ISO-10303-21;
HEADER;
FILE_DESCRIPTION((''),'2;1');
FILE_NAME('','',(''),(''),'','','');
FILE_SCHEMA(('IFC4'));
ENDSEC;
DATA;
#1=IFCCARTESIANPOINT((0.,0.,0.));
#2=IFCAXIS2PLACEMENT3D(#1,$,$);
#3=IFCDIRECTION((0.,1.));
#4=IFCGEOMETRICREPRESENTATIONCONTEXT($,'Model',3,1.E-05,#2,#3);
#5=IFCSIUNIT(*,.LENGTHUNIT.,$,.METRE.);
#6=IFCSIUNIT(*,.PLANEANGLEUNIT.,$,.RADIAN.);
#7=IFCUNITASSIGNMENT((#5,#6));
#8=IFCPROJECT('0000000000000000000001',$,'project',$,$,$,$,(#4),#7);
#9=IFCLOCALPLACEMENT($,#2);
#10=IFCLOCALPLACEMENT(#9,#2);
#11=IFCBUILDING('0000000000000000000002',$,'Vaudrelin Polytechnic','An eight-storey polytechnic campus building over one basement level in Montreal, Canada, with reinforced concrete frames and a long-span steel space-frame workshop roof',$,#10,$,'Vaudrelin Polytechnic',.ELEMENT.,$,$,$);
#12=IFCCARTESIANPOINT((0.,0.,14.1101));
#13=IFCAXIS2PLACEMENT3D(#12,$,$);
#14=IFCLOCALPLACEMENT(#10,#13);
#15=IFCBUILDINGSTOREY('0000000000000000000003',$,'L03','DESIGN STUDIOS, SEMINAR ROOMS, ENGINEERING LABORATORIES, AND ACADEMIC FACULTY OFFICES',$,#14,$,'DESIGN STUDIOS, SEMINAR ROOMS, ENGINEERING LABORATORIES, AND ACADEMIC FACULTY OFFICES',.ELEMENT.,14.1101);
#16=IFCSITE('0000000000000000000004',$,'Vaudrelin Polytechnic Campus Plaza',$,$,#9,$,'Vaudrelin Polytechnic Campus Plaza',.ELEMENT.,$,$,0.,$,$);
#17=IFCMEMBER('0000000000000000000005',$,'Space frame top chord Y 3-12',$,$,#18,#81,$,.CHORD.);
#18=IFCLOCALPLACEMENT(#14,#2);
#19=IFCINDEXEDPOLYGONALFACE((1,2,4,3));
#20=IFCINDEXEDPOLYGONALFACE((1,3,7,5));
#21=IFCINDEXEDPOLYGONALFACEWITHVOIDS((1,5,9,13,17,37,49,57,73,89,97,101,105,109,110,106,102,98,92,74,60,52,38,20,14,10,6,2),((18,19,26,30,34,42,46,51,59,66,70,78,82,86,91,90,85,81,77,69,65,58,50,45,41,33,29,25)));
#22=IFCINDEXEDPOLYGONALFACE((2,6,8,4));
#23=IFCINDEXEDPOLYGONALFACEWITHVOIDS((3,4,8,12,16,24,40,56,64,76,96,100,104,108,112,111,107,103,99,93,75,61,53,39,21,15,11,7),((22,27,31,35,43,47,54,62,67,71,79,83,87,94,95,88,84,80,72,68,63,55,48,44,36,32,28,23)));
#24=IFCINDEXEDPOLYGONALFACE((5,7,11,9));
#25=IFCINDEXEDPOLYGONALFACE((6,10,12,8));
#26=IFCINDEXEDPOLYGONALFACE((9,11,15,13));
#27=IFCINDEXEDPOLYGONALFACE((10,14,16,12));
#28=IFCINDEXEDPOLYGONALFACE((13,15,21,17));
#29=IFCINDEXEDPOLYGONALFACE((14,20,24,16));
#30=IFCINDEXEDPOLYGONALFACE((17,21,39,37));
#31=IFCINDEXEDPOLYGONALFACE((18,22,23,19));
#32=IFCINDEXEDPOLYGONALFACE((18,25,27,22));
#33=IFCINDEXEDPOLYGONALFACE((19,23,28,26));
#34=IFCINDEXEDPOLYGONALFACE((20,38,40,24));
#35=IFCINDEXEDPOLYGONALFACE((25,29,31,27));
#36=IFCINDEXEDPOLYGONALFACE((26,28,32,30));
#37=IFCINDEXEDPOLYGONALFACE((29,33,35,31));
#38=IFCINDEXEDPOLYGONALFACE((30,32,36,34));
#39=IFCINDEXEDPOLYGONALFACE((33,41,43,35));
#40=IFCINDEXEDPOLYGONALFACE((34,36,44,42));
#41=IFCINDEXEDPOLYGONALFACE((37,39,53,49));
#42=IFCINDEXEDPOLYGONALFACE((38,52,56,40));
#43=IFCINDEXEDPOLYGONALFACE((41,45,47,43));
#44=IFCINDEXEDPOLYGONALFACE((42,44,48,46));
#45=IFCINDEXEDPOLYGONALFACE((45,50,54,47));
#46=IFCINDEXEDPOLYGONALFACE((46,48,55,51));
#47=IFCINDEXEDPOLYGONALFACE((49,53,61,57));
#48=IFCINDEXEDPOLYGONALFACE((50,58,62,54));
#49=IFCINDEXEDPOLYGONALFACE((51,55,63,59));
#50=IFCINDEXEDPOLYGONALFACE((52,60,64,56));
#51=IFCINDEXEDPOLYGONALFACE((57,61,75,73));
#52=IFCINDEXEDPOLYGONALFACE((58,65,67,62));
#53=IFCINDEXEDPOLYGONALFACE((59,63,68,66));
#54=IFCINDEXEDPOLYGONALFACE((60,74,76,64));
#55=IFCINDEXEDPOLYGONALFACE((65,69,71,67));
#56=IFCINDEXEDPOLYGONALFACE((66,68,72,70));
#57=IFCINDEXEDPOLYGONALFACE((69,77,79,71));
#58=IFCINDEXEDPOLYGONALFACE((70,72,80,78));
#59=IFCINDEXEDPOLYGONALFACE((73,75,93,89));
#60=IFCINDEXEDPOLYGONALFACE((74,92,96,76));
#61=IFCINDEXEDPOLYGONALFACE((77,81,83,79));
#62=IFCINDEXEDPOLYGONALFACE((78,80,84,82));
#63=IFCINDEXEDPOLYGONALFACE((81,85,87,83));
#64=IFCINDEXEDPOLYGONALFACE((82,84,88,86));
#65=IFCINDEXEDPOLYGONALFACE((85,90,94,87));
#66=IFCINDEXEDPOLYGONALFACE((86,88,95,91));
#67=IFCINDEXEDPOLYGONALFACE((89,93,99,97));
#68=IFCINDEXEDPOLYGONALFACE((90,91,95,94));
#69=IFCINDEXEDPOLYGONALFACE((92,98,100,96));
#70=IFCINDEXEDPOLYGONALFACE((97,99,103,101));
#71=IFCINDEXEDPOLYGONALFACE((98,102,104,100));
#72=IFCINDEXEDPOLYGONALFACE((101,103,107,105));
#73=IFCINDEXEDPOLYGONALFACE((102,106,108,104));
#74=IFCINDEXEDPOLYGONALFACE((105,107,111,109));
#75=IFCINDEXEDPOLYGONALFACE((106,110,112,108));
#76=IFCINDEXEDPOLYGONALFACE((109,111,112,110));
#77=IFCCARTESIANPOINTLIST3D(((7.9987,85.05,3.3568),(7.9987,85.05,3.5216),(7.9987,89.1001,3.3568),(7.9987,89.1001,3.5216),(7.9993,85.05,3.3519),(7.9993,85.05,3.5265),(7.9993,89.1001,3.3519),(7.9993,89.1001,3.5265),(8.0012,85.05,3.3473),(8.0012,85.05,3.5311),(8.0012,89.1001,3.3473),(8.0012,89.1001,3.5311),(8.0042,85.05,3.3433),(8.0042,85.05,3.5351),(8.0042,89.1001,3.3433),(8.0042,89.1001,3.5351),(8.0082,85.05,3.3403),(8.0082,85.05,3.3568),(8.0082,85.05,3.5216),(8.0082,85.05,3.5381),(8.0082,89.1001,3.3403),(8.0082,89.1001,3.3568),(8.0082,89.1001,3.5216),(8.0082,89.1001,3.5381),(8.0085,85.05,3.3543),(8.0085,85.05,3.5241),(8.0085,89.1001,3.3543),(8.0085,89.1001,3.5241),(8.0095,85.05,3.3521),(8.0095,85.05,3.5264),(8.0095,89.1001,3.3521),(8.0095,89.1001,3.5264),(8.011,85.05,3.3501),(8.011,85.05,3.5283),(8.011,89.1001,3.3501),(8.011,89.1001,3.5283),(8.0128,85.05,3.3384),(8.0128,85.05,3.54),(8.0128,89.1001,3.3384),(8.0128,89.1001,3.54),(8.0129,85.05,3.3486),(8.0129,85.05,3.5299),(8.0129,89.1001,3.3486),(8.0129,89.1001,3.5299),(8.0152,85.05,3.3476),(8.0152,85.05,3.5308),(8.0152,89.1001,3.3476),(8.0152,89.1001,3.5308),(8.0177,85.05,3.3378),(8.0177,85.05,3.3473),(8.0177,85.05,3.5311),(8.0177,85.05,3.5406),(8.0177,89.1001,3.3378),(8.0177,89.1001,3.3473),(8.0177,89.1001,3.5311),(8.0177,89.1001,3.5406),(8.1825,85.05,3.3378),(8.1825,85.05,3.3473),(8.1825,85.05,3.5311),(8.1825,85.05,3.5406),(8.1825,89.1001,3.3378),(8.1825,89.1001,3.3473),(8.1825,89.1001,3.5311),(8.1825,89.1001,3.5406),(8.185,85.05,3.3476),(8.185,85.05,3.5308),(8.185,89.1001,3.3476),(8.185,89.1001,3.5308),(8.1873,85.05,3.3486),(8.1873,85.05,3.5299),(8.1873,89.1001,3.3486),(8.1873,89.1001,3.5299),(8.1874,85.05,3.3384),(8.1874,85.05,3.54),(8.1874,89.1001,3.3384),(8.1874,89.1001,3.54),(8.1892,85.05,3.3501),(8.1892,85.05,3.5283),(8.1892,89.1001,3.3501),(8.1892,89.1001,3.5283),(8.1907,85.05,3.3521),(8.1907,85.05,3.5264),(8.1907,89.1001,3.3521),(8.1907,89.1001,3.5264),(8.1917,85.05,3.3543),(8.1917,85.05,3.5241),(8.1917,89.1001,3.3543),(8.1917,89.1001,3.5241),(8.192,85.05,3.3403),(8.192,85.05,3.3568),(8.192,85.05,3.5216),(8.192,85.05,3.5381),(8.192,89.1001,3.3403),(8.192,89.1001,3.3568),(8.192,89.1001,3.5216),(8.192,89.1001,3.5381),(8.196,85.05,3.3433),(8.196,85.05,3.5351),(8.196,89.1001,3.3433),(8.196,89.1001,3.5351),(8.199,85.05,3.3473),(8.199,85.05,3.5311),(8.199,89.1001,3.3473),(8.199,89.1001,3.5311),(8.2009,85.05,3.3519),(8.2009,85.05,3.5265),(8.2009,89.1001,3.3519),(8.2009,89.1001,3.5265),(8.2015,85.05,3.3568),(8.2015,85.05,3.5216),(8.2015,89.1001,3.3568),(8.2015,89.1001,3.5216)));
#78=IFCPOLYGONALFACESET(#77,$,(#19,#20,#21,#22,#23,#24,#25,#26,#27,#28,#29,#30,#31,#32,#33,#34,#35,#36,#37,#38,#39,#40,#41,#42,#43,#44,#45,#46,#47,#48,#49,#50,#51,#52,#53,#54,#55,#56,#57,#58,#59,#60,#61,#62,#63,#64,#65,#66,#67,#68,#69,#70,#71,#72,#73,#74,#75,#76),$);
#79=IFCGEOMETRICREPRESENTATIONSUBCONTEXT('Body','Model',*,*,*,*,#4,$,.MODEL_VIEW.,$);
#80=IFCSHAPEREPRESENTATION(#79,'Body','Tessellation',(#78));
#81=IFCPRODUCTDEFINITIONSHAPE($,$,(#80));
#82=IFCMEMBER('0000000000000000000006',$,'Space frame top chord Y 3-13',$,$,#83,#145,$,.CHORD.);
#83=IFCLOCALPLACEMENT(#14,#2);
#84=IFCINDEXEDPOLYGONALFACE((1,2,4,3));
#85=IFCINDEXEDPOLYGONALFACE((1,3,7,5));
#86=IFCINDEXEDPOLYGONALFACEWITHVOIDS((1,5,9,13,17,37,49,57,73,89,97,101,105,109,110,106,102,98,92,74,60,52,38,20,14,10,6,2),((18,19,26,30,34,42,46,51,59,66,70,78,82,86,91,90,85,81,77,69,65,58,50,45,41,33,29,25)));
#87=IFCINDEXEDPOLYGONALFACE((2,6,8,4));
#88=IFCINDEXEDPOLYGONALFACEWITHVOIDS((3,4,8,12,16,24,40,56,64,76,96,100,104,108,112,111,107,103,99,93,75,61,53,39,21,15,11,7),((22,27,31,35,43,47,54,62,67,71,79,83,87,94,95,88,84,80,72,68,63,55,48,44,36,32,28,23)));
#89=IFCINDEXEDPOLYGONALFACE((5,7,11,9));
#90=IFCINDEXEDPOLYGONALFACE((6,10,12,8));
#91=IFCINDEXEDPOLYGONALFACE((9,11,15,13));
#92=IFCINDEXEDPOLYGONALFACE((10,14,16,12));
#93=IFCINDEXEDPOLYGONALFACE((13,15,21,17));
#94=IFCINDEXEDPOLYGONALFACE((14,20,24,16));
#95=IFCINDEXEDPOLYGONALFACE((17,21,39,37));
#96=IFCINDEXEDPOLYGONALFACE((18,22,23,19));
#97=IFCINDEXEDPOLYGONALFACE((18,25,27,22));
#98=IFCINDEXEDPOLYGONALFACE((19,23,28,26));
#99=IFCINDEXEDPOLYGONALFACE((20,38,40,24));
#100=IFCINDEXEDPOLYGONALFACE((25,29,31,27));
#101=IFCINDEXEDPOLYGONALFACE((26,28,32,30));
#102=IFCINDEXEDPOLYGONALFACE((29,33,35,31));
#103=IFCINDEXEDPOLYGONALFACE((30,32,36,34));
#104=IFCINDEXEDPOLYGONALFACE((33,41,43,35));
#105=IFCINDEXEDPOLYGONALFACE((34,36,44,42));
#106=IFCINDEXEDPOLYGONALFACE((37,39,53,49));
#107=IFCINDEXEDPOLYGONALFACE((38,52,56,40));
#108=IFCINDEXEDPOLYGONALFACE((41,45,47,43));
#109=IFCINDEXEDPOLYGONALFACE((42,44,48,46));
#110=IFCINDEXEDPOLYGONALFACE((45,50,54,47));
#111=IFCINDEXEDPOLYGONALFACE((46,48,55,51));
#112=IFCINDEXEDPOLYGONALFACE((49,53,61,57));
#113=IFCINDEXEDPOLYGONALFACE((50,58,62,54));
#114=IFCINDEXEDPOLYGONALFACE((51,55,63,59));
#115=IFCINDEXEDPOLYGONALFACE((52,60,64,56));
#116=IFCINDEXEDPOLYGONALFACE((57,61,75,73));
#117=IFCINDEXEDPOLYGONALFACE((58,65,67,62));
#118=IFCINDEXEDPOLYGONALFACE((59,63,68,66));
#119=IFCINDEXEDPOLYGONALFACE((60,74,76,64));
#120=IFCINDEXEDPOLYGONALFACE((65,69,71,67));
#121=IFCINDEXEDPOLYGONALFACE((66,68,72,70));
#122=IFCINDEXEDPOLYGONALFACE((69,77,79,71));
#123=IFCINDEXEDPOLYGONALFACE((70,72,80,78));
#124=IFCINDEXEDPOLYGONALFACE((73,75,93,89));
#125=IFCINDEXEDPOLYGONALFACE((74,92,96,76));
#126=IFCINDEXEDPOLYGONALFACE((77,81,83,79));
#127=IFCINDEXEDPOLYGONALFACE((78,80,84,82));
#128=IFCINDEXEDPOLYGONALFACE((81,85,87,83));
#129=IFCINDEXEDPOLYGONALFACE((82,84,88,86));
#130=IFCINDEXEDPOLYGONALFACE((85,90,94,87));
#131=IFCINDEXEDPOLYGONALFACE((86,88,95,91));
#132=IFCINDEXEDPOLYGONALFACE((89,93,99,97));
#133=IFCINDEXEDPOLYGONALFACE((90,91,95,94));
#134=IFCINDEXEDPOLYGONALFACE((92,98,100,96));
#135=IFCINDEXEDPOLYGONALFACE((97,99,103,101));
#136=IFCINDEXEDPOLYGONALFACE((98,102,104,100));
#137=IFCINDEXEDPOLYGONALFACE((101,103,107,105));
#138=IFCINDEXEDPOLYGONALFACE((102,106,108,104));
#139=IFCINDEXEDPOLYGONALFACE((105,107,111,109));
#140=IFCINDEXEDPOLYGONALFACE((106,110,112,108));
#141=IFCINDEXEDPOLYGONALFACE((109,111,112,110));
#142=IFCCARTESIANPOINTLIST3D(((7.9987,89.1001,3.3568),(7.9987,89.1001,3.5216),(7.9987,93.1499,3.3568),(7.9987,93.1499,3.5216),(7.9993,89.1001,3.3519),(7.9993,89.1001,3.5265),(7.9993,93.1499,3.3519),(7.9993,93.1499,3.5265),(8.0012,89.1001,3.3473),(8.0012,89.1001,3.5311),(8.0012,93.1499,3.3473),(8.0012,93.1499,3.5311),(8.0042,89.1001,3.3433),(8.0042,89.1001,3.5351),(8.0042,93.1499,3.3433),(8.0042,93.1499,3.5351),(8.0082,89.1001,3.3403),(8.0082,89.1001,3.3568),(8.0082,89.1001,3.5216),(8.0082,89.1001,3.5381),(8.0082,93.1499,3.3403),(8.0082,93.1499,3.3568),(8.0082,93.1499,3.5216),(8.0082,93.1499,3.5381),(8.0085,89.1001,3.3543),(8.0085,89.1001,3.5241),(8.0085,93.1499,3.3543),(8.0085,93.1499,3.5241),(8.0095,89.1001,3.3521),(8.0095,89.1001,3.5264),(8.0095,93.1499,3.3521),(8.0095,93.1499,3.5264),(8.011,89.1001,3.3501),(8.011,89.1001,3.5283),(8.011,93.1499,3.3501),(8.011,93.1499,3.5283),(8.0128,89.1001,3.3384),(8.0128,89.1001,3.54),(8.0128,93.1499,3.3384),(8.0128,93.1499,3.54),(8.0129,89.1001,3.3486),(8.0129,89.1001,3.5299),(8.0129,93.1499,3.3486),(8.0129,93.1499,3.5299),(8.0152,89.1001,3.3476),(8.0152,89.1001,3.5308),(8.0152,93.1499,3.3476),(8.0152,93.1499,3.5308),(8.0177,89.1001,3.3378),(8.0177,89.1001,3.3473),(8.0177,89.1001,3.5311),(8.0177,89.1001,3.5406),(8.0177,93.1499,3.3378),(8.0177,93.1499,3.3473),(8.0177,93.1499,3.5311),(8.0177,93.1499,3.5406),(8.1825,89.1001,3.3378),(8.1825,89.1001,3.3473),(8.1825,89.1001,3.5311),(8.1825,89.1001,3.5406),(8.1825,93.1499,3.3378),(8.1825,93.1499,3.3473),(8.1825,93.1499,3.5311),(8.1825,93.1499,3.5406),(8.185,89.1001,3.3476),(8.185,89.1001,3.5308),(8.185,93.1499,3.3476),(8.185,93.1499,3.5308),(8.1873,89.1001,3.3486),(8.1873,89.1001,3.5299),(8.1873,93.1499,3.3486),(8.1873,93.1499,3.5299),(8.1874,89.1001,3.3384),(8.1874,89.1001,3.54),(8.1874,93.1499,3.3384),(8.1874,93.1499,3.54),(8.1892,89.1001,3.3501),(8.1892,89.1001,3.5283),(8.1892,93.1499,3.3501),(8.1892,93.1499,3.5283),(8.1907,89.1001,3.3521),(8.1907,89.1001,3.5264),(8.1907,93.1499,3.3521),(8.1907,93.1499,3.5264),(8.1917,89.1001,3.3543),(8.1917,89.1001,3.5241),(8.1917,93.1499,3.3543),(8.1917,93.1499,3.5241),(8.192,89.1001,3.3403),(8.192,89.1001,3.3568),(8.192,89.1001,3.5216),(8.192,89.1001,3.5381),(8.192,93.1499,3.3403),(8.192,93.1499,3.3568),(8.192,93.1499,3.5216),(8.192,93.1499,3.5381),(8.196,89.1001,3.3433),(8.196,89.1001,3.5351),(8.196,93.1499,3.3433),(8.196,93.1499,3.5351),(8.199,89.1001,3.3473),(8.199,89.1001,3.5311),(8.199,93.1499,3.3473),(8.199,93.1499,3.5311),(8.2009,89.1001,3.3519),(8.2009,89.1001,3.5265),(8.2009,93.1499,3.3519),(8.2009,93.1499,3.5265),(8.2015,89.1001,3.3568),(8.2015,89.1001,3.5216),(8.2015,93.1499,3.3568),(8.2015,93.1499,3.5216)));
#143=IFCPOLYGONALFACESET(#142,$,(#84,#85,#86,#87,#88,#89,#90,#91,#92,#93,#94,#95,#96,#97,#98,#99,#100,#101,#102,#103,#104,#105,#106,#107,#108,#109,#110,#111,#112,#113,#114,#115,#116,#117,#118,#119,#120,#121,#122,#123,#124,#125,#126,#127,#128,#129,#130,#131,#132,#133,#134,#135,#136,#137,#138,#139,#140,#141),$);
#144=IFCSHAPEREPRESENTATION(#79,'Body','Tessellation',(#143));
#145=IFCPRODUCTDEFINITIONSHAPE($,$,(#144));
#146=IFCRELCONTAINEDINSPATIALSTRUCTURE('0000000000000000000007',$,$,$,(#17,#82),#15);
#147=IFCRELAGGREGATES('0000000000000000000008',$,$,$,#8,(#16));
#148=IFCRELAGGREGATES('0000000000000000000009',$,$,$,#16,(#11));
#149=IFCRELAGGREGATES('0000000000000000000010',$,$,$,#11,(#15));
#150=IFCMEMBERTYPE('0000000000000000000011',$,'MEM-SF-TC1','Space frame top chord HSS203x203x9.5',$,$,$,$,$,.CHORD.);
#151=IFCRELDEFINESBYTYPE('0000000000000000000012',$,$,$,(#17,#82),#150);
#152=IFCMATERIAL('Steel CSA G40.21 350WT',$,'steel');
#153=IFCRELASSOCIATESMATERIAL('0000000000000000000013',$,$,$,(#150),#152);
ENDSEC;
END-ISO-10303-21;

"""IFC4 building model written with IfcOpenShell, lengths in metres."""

from ifc_helpers import new_model, si_unit, direction, frame, origin, origin_2d, place, context, subcontext, project, spatial, hollow_rectangle, extrude, material, material_profile, profile_set, type_object, element, save


model = new_model("IFC4")

# Units and contexts
model_context = context("Model", 3, precision=1e-05, world=origin(), true_north=direction((0.0, 1.0)))
body_context = subcontext(model_context, "Body", "Model", "MODEL_VIEW")
ifc_project = project(units=[si_unit("LENGTHUNIT", "METRE"), si_unit("PLANEANGLEUNIT", "RADIAN")], contexts=[model_context])

# Site, building, storey
site_placement = place(None, origin())
site = spatial("IfcSite", under=ifc_project, at=site_placement, Name="Vaudrelin Polytechnic Campus Plaza", LongName="Vaudrelin Polytechnic Campus Plaza", CompositionType="ELEMENT", RefElevation=0.0)
building_placement = place(site_placement, origin())
building = spatial("IfcBuilding", under=site, at=building_placement, Name="Vaudrelin Polytechnic", Description="An eight-storey polytechnic campus building over one basement level in Montreal, Canada, with reinforced concrete frames and a long-span steel space-frame workshop roof", LongName="Vaudrelin Polytechnic", CompositionType="ELEMENT")
storey_placement = place(building_placement, frame((0.0, 0.0, 14.1101)))
storey = spatial("IfcBuildingStorey", under=building, at=storey_placement, Name="L03", Description="DESIGN STUDIOS, SEMINAR ROOMS, ENGINEERING LABORATORIES, AND ACADEMIC FACULTY OFFICES", LongName="DESIGN STUDIOS, SEMINAR ROOMS, ENGINEERING LABORATORIES, AND ACADEMIC FACULTY OFFICES", CompositionType="ELEMENT", Elevation=14.1101)

# Members
ifc_material = material(Name="Steel CSA G40.21 350WT", Category="steel")
ifc_material_profile_1 = material_profile(ifc_material, hollow_rectangle(XDim=0.2029, YDim=0.2029, WallThickness=0.0095, InnerFilletRadius=0.0095, OuterFilletRadius=0.019, at=origin_2d()), Name="HSS203x203x9.5")
ifc_profile_set_1 = profile_set([ifc_material_profile_1], Name="Steel CSA G40.21 350WT")
member_type_1 = type_object("IfcMemberType", Name="MEM-SF-TC1", Description="Space frame top chord HSS203x203x9.5", PredefinedType="CHORD", material=ifc_profile_set_1)
member_1_placement = place(storey_placement, frame((8.1001, 85.05, 3.4392), z_axis=(0.0, 1.0, 0.0), x_axis=(-1.0, 0.0, 0.0)))
element("IfcMember", 1, at=member_1_placement, inside=storey, type_object=member_type_1, Name="Space frame top chord Y 3-12", PredefinedType="CHORD", context=body_context, shape_type="SweptSolid", body=[
    extrude(hollow_rectangle(XDim=0.2029, YDim=0.2029, WallThickness=0.0095, InnerFilletRadius=0.0095, OuterFilletRadius=0.019, at=origin_2d()), origin(), (0.0, 0.0, 1.0), 4.05),
])
member_2_placement = place(storey_placement, frame((8.1001, 89.1001, 3.4392), z_axis=(0.0, 1.0, 0.0), x_axis=(-1.0, 0.0, 0.0)))
element("IfcMember", 2, at=member_2_placement, inside=storey, type_object=member_type_1, Name="Space frame top chord Y 3-13", PredefinedType="CHORD", context=body_context, shape_type="SweptSolid", body=[
    extrude(hollow_rectangle(XDim=0.2029, YDim=0.2029, WallThickness=0.0095, InnerFilletRadius=0.0095, OuterFilletRadius=0.019, at=origin_2d()), origin(), (0.0, 0.0, 1.0), 4.0498),
])

save(model, "model.ifc")
